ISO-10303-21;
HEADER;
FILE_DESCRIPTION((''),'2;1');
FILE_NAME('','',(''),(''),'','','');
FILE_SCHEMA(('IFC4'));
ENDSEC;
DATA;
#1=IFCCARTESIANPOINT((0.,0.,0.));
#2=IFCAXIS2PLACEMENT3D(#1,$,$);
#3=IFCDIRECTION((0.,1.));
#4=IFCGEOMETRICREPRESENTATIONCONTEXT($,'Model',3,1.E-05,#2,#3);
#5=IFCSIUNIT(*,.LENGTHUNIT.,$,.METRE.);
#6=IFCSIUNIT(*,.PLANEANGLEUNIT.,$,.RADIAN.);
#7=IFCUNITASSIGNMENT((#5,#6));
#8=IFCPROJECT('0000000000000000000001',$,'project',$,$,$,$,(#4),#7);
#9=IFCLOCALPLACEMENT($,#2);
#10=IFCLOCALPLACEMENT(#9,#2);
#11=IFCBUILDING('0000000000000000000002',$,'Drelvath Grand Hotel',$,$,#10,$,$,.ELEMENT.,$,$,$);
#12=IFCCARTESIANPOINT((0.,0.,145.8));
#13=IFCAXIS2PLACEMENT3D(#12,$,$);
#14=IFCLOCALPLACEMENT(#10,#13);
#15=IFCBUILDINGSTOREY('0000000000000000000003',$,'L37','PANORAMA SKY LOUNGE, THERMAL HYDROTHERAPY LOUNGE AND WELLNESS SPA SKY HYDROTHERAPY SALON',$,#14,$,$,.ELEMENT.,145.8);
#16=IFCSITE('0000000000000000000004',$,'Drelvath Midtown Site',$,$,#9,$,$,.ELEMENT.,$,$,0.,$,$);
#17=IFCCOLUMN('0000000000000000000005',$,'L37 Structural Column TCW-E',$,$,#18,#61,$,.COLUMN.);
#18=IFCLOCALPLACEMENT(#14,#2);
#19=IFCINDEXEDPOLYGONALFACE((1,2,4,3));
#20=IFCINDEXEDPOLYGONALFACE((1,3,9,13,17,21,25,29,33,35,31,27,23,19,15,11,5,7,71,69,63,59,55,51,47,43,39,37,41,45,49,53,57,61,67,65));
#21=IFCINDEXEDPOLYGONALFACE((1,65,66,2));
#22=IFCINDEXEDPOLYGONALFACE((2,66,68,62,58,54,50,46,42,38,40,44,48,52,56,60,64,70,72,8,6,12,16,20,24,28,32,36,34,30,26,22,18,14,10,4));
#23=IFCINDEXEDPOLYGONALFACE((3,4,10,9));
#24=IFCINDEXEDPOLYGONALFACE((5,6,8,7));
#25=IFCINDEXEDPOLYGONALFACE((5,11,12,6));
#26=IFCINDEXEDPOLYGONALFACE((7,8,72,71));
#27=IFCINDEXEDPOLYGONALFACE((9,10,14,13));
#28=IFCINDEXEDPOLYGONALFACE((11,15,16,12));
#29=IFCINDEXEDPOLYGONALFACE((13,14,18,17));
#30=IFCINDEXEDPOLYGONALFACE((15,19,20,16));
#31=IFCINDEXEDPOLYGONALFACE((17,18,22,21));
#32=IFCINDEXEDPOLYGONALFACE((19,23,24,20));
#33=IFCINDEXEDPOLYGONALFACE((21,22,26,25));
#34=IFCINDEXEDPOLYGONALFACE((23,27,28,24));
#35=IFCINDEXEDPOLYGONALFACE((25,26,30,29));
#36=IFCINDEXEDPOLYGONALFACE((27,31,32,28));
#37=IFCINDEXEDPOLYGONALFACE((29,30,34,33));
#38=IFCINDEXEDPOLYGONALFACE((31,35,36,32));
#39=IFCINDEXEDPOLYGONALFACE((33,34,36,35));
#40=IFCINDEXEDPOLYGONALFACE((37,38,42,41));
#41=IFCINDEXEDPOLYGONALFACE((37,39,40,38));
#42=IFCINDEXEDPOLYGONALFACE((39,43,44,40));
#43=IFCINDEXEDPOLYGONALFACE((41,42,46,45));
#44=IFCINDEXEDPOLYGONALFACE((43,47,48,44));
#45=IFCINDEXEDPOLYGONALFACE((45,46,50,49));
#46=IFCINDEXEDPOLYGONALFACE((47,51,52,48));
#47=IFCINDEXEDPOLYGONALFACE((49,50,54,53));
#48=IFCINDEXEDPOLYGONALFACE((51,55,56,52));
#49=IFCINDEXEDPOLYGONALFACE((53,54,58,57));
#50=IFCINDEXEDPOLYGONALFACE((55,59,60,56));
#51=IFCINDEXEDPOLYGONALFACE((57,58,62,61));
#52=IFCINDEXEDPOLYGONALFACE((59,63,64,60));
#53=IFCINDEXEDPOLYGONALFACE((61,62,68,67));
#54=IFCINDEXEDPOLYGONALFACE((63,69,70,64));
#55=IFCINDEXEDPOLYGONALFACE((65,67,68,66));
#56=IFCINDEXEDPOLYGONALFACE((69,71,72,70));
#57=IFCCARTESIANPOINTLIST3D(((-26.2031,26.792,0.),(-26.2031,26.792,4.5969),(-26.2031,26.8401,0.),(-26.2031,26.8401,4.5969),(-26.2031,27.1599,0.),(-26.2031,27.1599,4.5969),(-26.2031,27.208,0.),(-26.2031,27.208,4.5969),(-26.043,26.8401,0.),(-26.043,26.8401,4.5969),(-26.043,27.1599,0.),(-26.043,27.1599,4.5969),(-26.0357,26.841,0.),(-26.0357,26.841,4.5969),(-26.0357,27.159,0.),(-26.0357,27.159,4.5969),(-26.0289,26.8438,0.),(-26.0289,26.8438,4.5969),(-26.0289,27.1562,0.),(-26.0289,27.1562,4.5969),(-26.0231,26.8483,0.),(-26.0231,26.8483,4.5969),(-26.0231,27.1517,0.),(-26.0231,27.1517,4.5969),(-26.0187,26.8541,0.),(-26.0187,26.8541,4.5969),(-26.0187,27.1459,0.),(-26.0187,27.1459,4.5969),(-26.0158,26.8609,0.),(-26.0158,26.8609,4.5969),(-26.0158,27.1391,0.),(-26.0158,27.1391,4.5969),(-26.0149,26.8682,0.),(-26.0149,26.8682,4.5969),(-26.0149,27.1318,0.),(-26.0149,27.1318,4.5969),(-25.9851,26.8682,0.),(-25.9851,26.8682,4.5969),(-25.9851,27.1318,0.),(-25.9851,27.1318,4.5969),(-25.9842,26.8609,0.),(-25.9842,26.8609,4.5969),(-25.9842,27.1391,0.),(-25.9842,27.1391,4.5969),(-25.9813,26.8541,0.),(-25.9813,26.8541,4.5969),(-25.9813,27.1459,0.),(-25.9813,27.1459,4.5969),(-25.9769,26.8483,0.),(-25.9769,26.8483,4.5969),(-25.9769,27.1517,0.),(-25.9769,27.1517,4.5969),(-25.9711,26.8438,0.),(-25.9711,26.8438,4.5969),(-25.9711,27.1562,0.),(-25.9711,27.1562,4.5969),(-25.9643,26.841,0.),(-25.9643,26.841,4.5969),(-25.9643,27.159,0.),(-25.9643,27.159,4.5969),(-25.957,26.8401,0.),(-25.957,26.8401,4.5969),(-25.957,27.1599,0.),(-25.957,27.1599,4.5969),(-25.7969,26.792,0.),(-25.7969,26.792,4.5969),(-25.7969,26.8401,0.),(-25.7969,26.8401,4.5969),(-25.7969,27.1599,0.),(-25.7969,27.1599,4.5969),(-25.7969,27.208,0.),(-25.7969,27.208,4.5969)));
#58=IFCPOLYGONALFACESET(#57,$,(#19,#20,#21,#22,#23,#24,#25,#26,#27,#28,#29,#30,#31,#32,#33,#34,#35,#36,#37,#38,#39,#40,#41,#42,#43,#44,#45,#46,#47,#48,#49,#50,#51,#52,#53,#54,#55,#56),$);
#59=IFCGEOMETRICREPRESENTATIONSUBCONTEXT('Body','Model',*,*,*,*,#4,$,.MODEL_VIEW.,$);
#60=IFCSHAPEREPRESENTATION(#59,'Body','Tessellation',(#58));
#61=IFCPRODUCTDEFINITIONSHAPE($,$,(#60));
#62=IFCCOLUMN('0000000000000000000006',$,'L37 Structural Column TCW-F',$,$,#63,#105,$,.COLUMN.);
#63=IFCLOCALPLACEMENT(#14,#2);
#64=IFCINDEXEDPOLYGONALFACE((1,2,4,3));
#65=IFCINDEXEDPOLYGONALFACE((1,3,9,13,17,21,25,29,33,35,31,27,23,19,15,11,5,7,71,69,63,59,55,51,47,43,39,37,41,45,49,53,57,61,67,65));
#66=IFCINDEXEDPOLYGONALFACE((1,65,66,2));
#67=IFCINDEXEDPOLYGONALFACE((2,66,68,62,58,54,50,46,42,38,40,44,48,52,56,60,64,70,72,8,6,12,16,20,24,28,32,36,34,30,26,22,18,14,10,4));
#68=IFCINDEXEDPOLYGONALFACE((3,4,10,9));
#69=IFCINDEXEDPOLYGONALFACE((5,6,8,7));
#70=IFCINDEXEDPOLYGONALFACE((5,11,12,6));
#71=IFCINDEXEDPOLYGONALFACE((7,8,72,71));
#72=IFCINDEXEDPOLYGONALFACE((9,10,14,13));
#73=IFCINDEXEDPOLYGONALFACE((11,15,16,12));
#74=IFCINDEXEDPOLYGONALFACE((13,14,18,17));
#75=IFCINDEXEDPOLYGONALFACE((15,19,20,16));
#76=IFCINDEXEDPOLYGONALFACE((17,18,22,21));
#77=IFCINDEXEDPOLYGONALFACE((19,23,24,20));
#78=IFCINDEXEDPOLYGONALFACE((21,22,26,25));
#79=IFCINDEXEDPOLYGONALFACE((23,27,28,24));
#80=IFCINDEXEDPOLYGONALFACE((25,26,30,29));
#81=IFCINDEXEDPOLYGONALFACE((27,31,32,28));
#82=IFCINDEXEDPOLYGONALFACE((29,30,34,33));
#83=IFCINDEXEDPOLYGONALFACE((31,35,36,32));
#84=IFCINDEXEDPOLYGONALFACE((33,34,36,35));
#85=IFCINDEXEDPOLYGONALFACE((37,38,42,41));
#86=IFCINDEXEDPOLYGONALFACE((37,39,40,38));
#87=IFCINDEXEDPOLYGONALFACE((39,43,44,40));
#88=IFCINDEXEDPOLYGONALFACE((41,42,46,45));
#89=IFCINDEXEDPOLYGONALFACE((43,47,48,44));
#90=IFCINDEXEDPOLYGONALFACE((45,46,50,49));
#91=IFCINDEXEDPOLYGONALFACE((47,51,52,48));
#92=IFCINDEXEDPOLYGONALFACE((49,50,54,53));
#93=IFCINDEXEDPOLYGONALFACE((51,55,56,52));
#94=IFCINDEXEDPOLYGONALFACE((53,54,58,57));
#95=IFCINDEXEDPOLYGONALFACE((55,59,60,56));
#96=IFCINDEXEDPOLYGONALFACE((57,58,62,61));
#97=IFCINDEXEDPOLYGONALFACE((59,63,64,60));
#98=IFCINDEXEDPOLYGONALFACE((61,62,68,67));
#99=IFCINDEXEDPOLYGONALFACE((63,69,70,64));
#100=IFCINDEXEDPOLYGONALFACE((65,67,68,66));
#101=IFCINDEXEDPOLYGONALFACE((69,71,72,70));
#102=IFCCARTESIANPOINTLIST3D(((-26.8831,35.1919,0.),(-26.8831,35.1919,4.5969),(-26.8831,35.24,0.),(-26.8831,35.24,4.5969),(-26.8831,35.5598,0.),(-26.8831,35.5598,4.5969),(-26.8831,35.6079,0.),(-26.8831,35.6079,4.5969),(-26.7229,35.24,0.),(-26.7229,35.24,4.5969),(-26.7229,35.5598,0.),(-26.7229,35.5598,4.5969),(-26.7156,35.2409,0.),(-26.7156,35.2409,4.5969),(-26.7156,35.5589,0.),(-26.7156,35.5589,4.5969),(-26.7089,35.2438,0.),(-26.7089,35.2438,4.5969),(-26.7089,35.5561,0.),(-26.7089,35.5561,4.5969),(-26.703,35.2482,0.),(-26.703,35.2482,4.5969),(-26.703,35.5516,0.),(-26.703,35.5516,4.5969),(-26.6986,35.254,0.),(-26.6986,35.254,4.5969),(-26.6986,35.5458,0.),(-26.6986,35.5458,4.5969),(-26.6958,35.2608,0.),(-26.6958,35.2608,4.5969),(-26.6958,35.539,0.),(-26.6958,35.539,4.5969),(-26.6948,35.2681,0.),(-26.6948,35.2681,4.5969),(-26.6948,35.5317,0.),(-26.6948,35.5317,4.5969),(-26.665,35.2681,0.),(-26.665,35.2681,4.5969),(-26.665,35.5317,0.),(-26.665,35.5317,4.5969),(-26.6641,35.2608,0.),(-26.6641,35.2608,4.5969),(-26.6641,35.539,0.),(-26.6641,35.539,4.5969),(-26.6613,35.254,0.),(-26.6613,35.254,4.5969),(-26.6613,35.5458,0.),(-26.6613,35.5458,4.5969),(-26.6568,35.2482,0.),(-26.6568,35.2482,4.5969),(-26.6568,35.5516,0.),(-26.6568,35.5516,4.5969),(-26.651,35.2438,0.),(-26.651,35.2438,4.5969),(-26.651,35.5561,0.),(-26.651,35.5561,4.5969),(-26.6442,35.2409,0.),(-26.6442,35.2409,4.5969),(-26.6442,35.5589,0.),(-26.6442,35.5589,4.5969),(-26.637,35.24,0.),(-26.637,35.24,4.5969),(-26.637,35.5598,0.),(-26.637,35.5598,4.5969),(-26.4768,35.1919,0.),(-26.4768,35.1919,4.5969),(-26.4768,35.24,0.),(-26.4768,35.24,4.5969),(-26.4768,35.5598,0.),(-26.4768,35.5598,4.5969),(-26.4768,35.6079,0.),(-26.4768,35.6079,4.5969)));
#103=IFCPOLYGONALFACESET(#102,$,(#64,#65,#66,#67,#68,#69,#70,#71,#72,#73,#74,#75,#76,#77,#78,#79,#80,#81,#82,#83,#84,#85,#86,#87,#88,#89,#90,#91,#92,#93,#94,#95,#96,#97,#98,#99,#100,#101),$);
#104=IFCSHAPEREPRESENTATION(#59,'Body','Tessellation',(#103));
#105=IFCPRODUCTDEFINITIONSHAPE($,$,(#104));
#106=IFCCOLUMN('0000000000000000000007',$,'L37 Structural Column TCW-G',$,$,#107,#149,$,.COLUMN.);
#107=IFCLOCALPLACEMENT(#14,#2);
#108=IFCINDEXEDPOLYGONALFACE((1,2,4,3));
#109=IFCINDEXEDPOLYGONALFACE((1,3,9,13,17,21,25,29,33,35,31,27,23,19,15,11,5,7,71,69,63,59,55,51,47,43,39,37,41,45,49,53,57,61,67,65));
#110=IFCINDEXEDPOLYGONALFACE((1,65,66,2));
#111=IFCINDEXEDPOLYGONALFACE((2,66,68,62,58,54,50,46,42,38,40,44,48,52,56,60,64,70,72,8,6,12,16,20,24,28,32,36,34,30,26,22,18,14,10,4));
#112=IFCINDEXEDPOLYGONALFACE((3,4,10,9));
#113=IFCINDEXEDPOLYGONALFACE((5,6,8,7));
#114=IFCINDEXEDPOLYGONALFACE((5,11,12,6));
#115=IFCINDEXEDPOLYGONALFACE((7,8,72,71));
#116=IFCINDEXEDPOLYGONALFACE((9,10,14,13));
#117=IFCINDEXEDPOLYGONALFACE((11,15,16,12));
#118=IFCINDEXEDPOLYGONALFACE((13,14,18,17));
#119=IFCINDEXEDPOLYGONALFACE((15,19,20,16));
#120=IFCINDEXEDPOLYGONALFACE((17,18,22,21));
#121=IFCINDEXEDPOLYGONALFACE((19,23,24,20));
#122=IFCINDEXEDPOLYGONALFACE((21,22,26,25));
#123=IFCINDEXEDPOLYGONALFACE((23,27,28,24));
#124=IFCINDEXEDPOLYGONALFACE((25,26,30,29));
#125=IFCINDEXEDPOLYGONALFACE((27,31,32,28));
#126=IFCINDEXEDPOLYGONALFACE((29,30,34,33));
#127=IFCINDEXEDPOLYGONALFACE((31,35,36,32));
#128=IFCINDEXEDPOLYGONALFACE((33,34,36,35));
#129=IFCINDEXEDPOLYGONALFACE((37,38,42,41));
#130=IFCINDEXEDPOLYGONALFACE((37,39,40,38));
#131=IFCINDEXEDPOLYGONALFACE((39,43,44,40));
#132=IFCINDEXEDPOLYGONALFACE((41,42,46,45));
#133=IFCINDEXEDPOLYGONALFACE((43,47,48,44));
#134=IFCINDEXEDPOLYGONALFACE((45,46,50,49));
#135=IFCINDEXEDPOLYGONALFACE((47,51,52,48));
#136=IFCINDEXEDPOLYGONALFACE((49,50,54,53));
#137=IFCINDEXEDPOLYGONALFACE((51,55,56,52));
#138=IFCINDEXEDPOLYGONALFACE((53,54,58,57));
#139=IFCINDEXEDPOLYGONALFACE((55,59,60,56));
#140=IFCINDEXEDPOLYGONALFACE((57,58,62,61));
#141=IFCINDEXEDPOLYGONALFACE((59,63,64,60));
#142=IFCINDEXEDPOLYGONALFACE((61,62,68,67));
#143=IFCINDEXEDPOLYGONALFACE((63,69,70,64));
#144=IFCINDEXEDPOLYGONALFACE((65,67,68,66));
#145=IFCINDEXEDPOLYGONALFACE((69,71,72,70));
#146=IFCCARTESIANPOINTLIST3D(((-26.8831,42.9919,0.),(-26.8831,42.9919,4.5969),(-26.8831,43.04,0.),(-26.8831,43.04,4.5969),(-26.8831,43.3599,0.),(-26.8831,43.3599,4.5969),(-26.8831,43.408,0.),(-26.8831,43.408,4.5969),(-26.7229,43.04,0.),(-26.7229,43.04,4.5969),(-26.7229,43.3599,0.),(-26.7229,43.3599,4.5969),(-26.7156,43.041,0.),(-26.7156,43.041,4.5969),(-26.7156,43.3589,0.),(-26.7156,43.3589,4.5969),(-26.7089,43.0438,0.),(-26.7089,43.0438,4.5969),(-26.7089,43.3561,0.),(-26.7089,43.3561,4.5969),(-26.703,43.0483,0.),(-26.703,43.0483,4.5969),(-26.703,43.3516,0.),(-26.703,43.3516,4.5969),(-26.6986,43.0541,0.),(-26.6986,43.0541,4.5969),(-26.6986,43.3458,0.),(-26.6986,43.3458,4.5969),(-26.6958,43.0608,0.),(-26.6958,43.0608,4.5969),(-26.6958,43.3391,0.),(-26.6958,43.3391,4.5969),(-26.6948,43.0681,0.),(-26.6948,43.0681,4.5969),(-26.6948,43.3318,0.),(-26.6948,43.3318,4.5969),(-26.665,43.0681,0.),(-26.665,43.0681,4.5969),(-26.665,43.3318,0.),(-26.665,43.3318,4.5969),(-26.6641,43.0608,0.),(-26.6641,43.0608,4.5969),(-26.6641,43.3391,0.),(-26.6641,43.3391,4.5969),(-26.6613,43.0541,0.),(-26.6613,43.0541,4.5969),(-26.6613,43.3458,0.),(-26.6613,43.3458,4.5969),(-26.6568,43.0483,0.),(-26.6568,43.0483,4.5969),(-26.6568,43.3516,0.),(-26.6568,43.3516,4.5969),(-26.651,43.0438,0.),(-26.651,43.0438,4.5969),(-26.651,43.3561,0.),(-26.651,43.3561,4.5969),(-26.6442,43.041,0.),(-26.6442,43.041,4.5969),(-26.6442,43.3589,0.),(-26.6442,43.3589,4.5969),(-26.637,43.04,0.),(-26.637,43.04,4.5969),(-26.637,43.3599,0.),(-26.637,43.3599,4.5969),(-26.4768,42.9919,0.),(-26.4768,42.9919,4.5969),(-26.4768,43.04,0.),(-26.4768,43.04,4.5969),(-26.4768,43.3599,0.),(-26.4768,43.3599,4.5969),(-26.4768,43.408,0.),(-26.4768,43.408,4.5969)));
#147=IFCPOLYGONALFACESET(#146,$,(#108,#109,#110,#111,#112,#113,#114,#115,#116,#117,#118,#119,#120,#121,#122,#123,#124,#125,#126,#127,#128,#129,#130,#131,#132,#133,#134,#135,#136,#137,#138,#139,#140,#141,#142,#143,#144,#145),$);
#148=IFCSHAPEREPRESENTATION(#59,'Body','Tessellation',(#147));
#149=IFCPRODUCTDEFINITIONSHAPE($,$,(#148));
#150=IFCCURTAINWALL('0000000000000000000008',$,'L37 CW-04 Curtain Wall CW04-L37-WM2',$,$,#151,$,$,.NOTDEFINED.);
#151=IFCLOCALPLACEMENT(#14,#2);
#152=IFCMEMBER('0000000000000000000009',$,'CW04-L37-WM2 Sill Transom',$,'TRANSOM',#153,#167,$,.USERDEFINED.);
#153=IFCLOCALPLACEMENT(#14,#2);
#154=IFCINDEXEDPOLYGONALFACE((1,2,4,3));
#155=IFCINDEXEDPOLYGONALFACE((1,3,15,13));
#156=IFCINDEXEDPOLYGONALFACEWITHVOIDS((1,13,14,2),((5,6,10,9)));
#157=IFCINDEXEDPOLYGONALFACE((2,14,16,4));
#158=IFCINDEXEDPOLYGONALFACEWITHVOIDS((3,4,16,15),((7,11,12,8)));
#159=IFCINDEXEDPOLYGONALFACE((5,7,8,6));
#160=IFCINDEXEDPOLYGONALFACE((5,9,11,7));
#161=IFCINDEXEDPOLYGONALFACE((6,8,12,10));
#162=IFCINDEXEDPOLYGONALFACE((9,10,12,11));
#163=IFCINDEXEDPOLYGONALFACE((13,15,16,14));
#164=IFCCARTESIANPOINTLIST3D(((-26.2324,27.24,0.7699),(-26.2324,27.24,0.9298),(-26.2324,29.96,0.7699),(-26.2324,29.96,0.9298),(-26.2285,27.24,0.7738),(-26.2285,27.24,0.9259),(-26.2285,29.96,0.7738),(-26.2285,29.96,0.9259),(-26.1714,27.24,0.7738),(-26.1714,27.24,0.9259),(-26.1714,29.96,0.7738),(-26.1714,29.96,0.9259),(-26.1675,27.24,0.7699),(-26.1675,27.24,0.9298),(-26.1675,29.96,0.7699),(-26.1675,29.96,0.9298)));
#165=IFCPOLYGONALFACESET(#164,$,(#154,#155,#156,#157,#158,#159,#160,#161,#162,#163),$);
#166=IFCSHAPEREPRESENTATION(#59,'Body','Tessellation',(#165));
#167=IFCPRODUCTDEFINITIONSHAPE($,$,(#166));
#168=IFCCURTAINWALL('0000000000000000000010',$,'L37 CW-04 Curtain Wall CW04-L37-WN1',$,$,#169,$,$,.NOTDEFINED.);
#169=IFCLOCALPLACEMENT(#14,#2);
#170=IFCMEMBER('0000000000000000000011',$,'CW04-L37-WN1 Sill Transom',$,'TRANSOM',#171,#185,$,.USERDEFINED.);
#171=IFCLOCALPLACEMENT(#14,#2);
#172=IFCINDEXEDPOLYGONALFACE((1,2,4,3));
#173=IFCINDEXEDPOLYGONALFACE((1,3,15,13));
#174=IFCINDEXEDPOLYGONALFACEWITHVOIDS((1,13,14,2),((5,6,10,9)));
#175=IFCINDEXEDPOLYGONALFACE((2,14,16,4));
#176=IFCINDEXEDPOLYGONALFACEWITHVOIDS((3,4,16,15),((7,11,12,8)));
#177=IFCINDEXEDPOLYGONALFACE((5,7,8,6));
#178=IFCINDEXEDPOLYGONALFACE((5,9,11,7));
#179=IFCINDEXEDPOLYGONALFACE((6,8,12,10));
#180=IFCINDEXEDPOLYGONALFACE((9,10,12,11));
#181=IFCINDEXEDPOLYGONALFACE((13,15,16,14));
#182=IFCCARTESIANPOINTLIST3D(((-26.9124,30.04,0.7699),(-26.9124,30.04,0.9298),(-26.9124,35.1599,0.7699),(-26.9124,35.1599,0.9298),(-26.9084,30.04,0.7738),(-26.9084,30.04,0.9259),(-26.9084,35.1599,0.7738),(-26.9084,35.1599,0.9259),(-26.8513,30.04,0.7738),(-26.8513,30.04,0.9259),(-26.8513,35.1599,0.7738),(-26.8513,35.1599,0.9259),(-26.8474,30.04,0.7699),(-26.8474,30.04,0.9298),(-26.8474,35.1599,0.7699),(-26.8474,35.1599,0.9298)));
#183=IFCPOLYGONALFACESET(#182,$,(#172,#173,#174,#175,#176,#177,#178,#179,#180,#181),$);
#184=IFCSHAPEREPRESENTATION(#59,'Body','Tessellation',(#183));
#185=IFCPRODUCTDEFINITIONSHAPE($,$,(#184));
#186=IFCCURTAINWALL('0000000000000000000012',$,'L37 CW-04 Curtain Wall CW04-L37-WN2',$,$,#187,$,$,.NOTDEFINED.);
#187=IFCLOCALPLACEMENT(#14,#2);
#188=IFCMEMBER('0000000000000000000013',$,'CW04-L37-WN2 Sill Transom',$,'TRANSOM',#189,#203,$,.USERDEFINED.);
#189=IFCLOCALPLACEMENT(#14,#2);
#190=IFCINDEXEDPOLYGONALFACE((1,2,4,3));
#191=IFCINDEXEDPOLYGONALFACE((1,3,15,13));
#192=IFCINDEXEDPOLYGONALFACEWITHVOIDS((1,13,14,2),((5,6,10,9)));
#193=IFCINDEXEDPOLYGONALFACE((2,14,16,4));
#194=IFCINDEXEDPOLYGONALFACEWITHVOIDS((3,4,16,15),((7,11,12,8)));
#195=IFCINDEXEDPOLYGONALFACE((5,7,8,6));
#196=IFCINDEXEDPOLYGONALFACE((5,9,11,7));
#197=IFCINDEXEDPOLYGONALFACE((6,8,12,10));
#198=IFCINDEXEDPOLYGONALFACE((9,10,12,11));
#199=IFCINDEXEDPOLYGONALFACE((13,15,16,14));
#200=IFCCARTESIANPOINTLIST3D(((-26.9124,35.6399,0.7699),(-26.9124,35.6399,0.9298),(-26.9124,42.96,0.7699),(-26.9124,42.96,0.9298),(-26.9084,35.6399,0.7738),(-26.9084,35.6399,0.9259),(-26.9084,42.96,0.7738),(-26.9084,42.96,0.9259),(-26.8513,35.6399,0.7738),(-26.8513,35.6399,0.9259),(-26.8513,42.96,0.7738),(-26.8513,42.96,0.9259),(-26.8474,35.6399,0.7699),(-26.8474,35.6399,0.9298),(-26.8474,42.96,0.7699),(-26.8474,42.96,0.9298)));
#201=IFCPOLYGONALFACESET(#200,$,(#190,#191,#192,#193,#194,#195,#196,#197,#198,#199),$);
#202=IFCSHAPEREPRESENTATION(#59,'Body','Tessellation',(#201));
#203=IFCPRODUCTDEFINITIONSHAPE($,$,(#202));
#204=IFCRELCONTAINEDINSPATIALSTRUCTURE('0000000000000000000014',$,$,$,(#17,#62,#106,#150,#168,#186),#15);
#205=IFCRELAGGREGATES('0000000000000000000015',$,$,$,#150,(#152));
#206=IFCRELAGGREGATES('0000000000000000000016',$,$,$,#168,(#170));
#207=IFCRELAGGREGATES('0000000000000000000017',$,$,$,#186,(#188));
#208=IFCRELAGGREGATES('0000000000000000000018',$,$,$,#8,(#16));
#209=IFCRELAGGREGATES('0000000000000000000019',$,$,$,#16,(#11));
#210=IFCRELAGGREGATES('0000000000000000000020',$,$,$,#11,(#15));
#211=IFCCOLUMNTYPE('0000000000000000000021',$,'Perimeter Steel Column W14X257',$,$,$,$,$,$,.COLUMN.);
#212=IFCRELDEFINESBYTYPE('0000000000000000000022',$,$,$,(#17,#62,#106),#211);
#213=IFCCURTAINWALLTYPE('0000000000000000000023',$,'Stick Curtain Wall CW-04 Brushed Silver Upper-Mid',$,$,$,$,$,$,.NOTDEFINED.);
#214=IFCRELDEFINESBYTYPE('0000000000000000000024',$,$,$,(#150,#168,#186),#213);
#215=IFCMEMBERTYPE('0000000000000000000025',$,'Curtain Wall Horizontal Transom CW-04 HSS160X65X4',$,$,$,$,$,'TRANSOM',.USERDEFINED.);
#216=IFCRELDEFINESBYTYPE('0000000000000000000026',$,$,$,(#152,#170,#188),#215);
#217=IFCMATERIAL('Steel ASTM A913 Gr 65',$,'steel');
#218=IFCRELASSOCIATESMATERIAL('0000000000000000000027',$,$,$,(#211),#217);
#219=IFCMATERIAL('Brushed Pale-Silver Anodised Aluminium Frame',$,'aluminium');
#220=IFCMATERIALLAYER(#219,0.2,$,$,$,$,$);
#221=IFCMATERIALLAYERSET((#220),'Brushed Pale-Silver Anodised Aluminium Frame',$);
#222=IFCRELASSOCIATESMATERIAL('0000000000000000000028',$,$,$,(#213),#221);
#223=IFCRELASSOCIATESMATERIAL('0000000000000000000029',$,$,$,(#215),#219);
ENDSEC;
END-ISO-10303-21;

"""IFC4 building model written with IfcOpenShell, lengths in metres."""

from ifc_helpers import new_model, si_unit, direction, frame, origin, origin_2d, place, context, subcontext, project, spatial, hollow_rectangle, i_section, extrude, material, layer, layer_set, material_profile, profile_set, type_object, element, aggregate, save


model = new_model("IFC4")

# Units and contexts
model_context = context("Model", 3, precision=1e-05, world=origin(), true_north=direction((0.0, 1.0)))
body_context = subcontext(model_context, "Body", "Model", "MODEL_VIEW")
ifc_project = project(units=[si_unit("LENGTHUNIT", "METRE"), si_unit("PLANEANGLEUNIT", "RADIAN")], contexts=[model_context])

# Site, building, storey
site_placement = place(None, origin())
site = spatial("IfcSite", under=ifc_project, at=site_placement, Name="Drelvath Midtown Site", CompositionType="ELEMENT", RefElevation=0.0)
building_placement = place(site_placement, origin())
building = spatial("IfcBuilding", under=site, at=building_placement, Name="Drelvath Grand Hotel", CompositionType="ELEMENT")
storey_placement = place(building_placement, frame((0.0, 0.0, 145.8)))
storey = spatial("IfcBuildingStorey", under=building, at=storey_placement, Name="L37", Description="PANORAMA SKY LOUNGE, THERMAL HYDROTHERAPY LOUNGE AND WELLNESS SPA SKY HYDROTHERAPY SALON", CompositionType="ELEMENT", Elevation=145.8)

# Columns
ifc_material_1 = material(Name="Steel ASTM A913 Gr 65", Category="steel")
ifc_material_profile_1 = material_profile(ifc_material_1, i_section(OverallWidth=0.4062, OverallDepth=0.416, WebThickness=0.0298, FlangeThickness=0.0481, FilletRadius=0.0281, at=origin_2d()), Name="W14X257")
ifc_profile_set_1 = profile_set([ifc_material_profile_1], Name="Steel ASTM A913 Gr 65")
column_type = type_object("IfcColumnType", Name="Perimeter Steel Column W14X257", PredefinedType="COLUMN", material=ifc_profile_set_1)
for number, where, z_axis, x_axis, name in (
    (1, (-26.0, 27.0, 0.0), (0.0, 0.0, 1.0), (1.0, 0.0, 0.0), "L37 Structural Column TCW-E"),
    (2, (-26.6799, 35.3999, 0.0), (0.0, 0.0, 1.0), (1.0, 0.0, 0.0), "L37 Structural Column TCW-F"),
    (3, (-26.6799, 43.2, 0.0), (0.0, 0.0, 1.0), (1.0, 0.0, 0.0), "L37 Structural Column TCW-G"),
):
    element("IfcColumn", number, at=place(storey_placement, frame(where, z_axis=z_axis, x_axis=x_axis)), inside=storey, type_object=column_type, Name=name, PredefinedType="COLUMN", context=body_context, shape_type="SweptSolid", body=[
        extrude(i_section(OverallWidth=0.4062, OverallDepth=0.416, WebThickness=0.0298, FlangeThickness=0.0481, FilletRadius=0.0281, at=origin_2d()), origin(), (0.0, 0.0, 1.0), 4.5969),
    ])

# Curtain walls, members
ifc_material_2 = material(Name="Brushed Pale-Silver Anodised Aluminium Frame", Category="aluminium")
ifc_layer_1 = layer(ifc_material_2, 0.2)
ifc_layer_set_1 = layer_set([ifc_layer_1], Name="Brushed Pale-Silver Anodised Aluminium Frame")
curtain_wall_type = type_object("IfcCurtainWallType", Name="Stick Curtain Wall CW-04 Brushed Silver Upper-Mid", PredefinedType="NOTDEFINED", material=ifc_layer_set_1)
curtain_wall_1_placement = place(storey_placement, origin())
curtain_wall_1 = element("IfcCurtainWall", 4, at=curtain_wall_1_placement, inside=storey, type_object=curtain_wall_type, Name="L37 CW-04 Curtain Wall CW04-L37-WM2", PredefinedType="NOTDEFINED")
ifc_material_profile_2 = material_profile(ifc_material_2, hollow_rectangle(XDim=0.0649, YDim=0.1599, WallThickness=0.0039, at=origin_2d()), Name="HSS160X65X4")
ifc_profile_set_2 = profile_set([ifc_material_profile_2], Name="Brushed Pale-Silver Anodised Aluminium Frame")
member_type_1 = type_object("IfcMemberType", Name="Curtain Wall Horizontal Transom CW-04 HSS160X65X4", ElementType="TRANSOM", PredefinedType="USERDEFINED", material=ifc_profile_set_2)
member_1_placement = place(storey_placement, frame((-26.2, 27.24, 0.8499), z_axis=(0.0, 1.0, 0.0), x_axis=(-1.0, 0.0, 0.0)))
member_1 = element("IfcMember", 5, at=member_1_placement, type_object=member_type_1, Name="CW04-L37-WM2 Sill Transom", ObjectType="TRANSOM", PredefinedType="USERDEFINED", context=body_context, shape_type="SweptSolid", body=[
    extrude(hollow_rectangle(XDim=0.0649, YDim=0.1599, WallThickness=0.0039, at=origin_2d()), origin(), (0.0, 0.0, 1.0), 2.72),
])
curtain_wall_2_placement = place(storey_placement, origin())
curtain_wall_2 = element("IfcCurtainWall", 6, at=curtain_wall_2_placement, inside=storey, type_object=curtain_wall_type, Name="L37 CW-04 Curtain Wall CW04-L37-WN1", PredefinedType="NOTDEFINED")
member_2_placement = place(storey_placement, frame((-26.8799, 30.04, 0.8499), z_axis=(0.0, 1.0, 0.0), x_axis=(-1.0, 0.0, 0.0)))
member_2 = element("IfcMember", 7, at=member_2_placement, type_object=member_type_1, Name="CW04-L37-WN1 Sill Transom", ObjectType="TRANSOM", PredefinedType="USERDEFINED", context=body_context, shape_type="SweptSolid", body=[
    extrude(hollow_rectangle(XDim=0.0649, YDim=0.1599, WallThickness=0.0039, at=origin_2d()), origin(), (0.0, 0.0, 1.0), 5.1199),
])
curtain_wall_3_placement = place(storey_placement, origin())
curtain_wall_3 = element("IfcCurtainWall", 8, at=curtain_wall_3_placement, inside=storey, type_object=curtain_wall_type, Name="L37 CW-04 Curtain Wall CW04-L37-WN2", PredefinedType="NOTDEFINED")
member_3_placement = place(storey_placement, frame((-26.8799, 35.6399, 0.8499), z_axis=(0.0, 1.0, 0.0), x_axis=(-1.0, 0.0, 0.0)))
member_3 = element("IfcMember", 9, at=member_3_placement, type_object=member_type_1, Name="CW04-L37-WN2 Sill Transom", ObjectType="TRANSOM", PredefinedType="USERDEFINED", context=body_context, shape_type="SweptSolid", body=[
    extrude(hollow_rectangle(XDim=0.0649, YDim=0.1599, WallThickness=0.0039, at=origin_2d()), origin(), (0.0, 0.0, 1.0), 7.3201),
])

aggregate(curtain_wall_1, [member_1])
aggregate(curtain_wall_2, [member_2])
aggregate(curtain_wall_3, [member_3])

save(model, "model.ifc")
